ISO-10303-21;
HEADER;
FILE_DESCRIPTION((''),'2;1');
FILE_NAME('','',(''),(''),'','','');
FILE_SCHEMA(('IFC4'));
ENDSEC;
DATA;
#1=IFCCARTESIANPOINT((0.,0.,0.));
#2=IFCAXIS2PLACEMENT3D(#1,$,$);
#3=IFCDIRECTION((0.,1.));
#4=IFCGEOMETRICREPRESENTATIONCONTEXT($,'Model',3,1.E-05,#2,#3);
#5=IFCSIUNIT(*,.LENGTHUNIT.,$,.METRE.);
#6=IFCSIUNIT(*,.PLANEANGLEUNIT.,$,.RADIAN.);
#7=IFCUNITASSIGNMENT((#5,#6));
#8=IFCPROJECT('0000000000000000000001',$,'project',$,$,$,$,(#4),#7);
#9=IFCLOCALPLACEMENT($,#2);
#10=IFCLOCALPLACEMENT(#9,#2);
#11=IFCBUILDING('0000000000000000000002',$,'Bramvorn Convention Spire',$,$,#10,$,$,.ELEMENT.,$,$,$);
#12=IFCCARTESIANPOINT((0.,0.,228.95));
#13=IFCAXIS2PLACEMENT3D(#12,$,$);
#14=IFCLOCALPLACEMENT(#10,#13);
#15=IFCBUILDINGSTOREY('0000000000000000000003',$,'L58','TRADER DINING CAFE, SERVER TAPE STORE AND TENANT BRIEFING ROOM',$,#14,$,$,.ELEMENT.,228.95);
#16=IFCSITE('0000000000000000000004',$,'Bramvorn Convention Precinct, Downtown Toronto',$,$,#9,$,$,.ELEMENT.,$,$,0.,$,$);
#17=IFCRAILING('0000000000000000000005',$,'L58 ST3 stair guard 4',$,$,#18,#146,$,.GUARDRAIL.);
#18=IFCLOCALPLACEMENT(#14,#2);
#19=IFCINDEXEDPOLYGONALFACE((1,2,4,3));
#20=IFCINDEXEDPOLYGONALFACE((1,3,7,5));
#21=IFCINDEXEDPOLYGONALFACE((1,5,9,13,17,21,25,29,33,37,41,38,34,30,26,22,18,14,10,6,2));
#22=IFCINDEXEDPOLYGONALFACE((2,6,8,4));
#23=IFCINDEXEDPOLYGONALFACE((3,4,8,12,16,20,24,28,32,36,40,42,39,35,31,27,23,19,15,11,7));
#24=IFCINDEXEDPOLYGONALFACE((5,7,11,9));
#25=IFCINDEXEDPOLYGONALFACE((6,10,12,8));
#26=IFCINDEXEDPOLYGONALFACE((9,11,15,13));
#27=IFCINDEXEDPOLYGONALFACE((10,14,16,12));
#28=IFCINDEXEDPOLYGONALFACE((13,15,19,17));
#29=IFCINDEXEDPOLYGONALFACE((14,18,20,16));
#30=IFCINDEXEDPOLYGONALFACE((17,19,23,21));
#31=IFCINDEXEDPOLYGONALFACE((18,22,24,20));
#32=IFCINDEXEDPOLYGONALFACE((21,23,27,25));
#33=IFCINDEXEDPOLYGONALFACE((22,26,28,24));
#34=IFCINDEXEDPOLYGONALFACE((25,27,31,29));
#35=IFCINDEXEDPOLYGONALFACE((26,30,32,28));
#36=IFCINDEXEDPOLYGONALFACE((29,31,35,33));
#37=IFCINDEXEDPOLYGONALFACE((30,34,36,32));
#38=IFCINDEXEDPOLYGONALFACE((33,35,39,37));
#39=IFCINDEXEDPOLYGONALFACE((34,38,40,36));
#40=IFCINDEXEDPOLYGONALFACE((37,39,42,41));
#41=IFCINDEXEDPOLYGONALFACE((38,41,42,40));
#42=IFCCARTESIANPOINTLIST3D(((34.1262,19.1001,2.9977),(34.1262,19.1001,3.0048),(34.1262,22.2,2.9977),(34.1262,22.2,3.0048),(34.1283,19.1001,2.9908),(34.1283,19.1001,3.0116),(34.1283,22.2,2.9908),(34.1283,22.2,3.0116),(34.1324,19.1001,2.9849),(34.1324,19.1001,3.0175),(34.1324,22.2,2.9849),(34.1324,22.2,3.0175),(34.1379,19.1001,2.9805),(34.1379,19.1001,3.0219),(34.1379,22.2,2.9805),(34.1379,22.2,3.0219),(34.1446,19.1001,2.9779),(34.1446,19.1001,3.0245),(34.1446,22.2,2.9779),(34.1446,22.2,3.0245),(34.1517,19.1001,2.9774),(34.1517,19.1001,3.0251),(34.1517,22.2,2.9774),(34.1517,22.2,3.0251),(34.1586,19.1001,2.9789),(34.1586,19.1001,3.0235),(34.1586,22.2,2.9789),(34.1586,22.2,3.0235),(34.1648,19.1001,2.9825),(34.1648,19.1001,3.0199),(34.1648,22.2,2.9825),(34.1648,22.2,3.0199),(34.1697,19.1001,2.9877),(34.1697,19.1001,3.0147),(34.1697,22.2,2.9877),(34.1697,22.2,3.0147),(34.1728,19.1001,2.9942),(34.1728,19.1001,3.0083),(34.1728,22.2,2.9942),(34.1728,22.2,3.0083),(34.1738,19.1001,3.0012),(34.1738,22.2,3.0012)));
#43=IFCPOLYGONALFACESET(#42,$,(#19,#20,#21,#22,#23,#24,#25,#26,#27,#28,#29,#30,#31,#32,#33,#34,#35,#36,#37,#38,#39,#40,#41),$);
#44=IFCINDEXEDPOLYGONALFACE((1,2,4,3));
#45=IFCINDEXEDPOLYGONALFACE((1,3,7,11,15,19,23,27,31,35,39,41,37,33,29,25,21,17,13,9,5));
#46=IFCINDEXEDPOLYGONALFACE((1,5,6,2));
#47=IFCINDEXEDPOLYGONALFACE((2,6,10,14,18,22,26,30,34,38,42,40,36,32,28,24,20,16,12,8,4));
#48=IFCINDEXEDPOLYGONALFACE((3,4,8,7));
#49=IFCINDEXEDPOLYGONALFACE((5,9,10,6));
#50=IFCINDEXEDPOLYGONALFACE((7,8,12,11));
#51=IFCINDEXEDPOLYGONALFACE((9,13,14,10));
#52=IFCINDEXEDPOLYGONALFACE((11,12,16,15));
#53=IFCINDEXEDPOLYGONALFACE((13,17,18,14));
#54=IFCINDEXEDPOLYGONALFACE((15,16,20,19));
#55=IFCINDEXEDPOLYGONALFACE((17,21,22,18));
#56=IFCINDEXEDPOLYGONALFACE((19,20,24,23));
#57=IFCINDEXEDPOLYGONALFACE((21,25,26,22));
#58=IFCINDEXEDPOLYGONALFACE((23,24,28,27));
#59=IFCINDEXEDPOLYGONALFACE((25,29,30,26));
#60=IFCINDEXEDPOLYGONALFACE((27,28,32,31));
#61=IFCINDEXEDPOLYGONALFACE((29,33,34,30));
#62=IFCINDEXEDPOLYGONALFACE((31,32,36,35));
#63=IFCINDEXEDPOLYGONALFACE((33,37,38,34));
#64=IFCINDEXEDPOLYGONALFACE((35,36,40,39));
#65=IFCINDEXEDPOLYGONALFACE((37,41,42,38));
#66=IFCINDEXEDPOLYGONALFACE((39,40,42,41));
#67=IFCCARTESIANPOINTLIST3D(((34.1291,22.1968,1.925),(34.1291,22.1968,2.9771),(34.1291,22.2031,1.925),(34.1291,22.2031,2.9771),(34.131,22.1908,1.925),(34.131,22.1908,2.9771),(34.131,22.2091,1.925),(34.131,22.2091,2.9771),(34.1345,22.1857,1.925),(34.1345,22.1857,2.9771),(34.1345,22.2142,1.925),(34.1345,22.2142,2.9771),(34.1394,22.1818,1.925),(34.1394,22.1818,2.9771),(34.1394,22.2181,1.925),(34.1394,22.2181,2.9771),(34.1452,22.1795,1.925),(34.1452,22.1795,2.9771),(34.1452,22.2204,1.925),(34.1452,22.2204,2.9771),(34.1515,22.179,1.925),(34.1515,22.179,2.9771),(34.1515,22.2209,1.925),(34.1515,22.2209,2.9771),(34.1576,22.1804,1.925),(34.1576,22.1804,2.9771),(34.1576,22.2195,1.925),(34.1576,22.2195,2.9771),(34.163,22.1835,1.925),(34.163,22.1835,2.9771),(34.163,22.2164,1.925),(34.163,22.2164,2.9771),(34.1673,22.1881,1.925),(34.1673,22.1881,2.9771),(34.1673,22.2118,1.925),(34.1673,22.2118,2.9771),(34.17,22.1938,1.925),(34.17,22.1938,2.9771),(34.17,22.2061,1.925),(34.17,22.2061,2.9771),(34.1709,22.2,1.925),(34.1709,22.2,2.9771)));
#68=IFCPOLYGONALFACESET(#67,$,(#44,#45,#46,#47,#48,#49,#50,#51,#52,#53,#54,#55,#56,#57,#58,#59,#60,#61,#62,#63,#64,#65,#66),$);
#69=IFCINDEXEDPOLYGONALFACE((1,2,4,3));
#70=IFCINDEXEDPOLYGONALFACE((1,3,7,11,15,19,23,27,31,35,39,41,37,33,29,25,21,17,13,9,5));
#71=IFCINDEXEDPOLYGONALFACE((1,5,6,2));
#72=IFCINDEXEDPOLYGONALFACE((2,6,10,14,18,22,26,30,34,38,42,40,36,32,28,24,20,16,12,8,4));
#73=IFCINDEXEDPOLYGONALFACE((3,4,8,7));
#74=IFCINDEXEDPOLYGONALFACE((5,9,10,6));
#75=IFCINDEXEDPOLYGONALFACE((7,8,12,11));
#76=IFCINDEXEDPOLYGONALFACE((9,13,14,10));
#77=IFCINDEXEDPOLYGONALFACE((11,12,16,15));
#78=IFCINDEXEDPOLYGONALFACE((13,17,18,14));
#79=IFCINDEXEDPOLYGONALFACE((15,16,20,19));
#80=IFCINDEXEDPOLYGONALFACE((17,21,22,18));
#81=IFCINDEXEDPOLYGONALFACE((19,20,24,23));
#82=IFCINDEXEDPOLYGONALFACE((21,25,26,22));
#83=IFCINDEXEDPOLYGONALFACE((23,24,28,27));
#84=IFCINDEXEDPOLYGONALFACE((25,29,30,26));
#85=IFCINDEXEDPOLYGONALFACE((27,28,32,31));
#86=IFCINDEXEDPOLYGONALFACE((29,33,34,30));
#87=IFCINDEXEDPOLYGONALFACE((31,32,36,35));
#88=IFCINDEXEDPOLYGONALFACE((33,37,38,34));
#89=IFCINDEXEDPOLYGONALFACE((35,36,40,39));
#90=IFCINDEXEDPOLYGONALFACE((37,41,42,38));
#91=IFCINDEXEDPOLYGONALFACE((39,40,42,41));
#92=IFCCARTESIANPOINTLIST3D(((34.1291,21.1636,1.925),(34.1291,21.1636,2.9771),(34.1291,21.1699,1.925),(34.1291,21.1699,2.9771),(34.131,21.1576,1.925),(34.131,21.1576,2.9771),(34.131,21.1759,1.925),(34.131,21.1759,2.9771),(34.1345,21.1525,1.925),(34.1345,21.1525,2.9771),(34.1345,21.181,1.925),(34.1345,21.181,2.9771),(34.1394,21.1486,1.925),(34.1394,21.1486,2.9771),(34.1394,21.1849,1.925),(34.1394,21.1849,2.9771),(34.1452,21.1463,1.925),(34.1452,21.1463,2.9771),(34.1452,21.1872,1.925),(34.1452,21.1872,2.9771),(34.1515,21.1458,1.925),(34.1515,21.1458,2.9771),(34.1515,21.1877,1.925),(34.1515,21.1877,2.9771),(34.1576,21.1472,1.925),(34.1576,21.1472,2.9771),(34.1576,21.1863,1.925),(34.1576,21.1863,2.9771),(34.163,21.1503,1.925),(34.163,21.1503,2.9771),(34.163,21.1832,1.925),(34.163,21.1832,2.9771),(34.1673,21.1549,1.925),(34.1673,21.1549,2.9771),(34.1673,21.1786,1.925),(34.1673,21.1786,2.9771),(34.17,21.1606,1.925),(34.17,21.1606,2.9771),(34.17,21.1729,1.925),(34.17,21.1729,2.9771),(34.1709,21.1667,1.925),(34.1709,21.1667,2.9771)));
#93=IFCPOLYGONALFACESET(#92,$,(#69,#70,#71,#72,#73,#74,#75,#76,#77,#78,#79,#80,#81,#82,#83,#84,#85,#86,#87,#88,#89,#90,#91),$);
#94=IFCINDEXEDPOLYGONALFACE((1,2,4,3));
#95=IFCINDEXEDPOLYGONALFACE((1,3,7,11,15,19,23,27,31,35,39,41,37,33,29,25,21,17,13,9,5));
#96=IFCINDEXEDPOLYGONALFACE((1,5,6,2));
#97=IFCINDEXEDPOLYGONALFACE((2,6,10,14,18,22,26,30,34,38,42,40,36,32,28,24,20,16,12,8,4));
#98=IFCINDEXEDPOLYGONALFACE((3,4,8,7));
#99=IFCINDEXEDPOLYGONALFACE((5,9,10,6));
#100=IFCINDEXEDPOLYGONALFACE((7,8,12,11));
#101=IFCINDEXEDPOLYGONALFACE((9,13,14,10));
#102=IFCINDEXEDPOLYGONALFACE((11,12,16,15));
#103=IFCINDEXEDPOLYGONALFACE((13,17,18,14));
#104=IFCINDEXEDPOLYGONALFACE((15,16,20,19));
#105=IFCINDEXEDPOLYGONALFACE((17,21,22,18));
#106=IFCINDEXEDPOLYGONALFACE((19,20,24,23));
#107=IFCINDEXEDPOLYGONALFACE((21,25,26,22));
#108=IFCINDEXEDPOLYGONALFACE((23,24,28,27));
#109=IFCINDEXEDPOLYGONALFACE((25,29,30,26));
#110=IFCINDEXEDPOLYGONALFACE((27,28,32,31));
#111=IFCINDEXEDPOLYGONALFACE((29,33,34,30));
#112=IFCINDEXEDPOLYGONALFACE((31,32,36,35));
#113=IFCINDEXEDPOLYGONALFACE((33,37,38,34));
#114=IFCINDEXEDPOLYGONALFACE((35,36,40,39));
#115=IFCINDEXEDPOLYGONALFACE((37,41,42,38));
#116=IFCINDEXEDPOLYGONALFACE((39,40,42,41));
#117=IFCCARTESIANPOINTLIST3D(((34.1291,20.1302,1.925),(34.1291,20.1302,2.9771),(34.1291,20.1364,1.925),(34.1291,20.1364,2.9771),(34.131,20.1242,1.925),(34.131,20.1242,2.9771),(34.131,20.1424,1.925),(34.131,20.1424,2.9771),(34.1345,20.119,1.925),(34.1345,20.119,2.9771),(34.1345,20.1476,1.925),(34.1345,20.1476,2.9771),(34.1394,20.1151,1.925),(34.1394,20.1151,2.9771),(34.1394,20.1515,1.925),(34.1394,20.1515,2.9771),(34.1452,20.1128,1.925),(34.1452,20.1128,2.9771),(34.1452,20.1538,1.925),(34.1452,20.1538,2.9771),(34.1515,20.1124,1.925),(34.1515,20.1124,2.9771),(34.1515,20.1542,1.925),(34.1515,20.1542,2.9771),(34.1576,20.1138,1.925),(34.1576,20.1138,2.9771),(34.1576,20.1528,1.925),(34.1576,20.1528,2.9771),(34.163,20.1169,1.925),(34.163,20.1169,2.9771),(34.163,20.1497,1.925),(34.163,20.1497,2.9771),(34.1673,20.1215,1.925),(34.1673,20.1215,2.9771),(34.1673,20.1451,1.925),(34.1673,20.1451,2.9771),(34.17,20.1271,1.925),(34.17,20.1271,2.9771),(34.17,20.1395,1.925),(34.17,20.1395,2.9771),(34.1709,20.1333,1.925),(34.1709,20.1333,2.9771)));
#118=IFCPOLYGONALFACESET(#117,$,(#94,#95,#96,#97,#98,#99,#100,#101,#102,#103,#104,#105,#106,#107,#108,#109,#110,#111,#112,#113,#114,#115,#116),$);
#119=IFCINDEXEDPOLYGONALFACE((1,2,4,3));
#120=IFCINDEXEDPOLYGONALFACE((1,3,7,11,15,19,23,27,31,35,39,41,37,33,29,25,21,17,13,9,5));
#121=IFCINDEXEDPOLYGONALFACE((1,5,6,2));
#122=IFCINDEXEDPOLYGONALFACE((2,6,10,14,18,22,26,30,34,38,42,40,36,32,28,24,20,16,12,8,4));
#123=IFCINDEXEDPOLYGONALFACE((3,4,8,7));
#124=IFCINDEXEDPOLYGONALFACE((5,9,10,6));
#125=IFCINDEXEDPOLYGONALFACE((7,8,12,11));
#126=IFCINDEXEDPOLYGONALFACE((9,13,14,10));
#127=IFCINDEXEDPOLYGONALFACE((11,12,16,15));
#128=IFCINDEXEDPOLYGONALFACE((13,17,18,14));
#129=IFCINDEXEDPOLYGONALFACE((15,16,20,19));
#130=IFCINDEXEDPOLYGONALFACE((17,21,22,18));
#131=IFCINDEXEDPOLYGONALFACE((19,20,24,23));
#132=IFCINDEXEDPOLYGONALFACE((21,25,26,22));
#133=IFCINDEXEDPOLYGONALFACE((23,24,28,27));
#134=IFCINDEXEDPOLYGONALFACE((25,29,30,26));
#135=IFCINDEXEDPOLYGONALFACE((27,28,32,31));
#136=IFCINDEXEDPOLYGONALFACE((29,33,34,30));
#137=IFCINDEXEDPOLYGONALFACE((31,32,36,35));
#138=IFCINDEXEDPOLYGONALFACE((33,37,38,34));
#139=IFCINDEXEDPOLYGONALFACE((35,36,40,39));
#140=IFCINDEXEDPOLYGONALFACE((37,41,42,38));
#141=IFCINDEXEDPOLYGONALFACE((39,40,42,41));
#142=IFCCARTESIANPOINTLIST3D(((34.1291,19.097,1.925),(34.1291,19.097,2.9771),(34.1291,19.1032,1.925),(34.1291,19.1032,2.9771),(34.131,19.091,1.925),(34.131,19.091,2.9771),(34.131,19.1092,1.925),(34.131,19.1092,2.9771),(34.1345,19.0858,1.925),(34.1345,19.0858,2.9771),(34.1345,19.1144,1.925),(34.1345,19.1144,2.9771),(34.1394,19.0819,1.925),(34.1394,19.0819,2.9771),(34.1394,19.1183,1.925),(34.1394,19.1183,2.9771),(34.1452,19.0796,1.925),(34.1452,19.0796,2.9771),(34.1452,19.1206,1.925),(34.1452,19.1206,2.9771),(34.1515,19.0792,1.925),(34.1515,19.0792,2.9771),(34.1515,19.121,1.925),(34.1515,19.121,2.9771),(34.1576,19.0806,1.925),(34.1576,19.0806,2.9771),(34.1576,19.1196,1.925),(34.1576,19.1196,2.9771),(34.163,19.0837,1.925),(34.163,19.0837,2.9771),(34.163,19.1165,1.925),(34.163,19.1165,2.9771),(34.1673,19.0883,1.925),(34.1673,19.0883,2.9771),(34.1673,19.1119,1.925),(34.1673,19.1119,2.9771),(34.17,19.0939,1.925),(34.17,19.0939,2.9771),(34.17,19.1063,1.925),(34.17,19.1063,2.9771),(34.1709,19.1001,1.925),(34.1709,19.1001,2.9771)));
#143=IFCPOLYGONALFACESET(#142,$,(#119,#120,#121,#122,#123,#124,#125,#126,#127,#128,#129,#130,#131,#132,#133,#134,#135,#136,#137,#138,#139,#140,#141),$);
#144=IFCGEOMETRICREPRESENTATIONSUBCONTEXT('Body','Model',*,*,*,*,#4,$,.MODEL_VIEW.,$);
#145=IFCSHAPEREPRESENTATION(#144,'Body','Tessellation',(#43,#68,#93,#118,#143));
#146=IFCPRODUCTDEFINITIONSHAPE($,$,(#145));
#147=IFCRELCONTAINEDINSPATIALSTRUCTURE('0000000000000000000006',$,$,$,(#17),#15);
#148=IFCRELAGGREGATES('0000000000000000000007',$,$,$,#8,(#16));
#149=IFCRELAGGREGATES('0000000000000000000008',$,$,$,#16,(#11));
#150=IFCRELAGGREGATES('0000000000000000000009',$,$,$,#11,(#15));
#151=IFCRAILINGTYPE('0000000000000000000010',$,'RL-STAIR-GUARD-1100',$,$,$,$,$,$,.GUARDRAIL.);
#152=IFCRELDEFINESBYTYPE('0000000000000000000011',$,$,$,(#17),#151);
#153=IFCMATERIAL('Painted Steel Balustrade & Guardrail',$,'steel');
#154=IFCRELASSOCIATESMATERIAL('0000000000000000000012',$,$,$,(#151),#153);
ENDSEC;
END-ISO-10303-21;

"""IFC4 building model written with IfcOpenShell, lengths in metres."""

from ifc_helpers import new_model, si_unit, direction, frame, origin, origin_2d, place, context, subcontext, project, spatial, circle, extrude, material, type_object, element, save


model = new_model("IFC4")

# Units and contexts
model_context = context("Model", 3, precision=1e-05, world=origin(), true_north=direction((0.0, 1.0)))
body_context = subcontext(model_context, "Body", "Model", "MODEL_VIEW")
ifc_project = project(units=[si_unit("LENGTHUNIT", "METRE"), si_unit("PLANEANGLEUNIT", "RADIAN")], contexts=[model_context])

# Site, building, storey
site_placement = place(None, origin())
site = spatial("IfcSite", under=ifc_project, at=site_placement, Name="Bramvorn Convention Precinct, Downtown Toronto", CompositionType="ELEMENT", RefElevation=0.0)
building_placement = place(site_placement, origin())
building = spatial("IfcBuilding", under=site, at=building_placement, Name="Bramvorn Convention Spire", CompositionType="ELEMENT")
storey_placement = place(building_placement, frame((0.0, 0.0, 228.95)))
storey = spatial("IfcBuildingStorey", under=building, at=storey_placement, Name="L58", Description="TRADER DINING CAFE, SERVER TAPE STORE AND TENANT BRIEFING ROOM", CompositionType="ELEMENT", Elevation=228.95)

# Railing
ifc_material_1 = material(Name="Painted Steel Balustrade & Guardrail", Category="steel")
railing_type_1 = type_object("IfcRailingType", Name="RL-STAIR-GUARD-1100", PredefinedType="GUARDRAIL", material=ifc_material_1)
for number, where, name in (
    (1, (34.1499, 22.2, 1.925), "L58 ST3 stair guard 4"),
):
    element("IfcRailing", number, at=place(storey_placement, frame(where)), inside=storey, type_object=railing_type_1, Name=name, PredefinedType="GUARDRAIL", context=body_context, shape_type="SweptSolid", body=[
        extrude(circle(Radius=0.0239, at=origin_2d()), frame((0.0, 0.0, 1.0762), z_axis=(0.0, -1.0, 0.0), x_axis=(1.0, 0.0, 0.0)), (0.0, 0.0, 1.0), 3.0999),
        extrude(circle(Radius=0.021, at=origin_2d()), origin(), (0.0, 0.0, 1.0), 1.052),
        extrude(circle(Radius=0.021, at=origin_2d()), frame((0.0, -1.0332, 0.0)), (0.0, 0.0, 1.0), 1.052),
        extrude(circle(Radius=0.021, at=origin_2d()), frame((0.0, -2.0667, 0.0)), (0.0, 0.0, 1.0), 1.052),
        extrude(circle(Radius=0.021, at=origin_2d()), frame((0.0, -3.0999, 0.0)), (0.0, 0.0, 1.0), 1.052),
    ])

save(model, "model.ifc")
